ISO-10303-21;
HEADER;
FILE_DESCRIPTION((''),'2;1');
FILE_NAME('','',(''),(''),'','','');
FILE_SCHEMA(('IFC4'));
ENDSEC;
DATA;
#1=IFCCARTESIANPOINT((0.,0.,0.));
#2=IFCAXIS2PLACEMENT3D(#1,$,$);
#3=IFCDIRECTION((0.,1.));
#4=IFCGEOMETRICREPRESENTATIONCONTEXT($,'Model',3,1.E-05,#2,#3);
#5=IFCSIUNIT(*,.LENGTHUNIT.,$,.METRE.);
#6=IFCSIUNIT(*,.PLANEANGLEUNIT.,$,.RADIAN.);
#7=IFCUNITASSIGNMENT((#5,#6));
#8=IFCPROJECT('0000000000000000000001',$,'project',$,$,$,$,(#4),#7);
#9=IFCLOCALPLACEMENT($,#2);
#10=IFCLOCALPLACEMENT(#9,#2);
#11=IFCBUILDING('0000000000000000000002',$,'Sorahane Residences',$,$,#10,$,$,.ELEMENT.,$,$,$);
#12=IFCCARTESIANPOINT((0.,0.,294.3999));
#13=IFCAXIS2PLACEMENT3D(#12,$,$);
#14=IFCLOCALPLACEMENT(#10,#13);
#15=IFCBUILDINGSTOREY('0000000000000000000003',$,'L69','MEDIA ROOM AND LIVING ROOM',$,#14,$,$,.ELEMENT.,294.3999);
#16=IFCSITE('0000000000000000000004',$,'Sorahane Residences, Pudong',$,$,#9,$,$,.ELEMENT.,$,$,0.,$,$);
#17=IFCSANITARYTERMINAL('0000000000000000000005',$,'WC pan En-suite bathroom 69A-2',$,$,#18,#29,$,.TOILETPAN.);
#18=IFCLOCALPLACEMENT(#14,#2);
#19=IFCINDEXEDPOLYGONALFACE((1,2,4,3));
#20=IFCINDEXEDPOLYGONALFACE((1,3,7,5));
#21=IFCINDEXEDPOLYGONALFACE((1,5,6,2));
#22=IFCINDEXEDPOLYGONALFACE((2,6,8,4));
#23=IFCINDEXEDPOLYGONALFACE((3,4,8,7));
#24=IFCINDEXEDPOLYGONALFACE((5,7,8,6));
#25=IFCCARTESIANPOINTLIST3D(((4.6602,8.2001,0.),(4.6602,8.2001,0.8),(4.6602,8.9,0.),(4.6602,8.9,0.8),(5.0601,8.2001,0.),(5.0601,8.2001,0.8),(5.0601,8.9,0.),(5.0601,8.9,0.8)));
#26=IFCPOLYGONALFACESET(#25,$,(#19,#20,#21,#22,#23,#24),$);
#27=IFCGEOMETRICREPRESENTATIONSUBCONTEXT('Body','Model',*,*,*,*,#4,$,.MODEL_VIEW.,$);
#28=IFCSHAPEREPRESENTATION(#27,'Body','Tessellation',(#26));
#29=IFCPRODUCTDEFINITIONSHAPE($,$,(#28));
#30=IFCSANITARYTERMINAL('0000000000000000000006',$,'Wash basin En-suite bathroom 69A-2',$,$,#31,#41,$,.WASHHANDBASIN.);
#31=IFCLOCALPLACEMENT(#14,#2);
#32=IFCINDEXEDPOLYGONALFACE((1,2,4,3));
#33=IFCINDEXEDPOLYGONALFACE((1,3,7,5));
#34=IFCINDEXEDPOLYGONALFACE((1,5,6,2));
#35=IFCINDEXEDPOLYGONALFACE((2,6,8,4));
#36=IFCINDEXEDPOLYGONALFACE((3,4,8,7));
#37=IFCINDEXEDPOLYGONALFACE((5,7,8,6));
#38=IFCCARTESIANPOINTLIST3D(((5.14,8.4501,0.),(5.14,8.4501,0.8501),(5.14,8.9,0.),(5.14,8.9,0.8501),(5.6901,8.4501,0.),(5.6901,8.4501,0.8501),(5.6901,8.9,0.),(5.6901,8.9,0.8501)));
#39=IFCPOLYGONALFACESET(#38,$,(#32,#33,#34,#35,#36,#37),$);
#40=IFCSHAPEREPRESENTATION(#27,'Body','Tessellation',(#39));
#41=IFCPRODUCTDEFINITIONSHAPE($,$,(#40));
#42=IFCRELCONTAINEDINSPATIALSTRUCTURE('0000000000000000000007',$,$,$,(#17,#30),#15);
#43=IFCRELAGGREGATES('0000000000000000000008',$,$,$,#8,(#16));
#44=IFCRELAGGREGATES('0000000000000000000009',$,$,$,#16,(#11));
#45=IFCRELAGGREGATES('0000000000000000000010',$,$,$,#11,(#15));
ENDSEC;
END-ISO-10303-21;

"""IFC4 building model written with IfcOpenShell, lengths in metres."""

from ifc_helpers import new_model, si_unit, direction, frame, origin, origin_2d, place, context, subcontext, project, spatial, rectangle, extrude, element, save


model = new_model("IFC4")

# Units and contexts
model_context = context("Model", 3, precision=1e-05, world=origin(), true_north=direction((0.0, 1.0)))
body_context = subcontext(model_context, "Body", "Model", "MODEL_VIEW")
ifc_project = project(units=[si_unit("LENGTHUNIT", "METRE"), si_unit("PLANEANGLEUNIT", "RADIAN")], contexts=[model_context])

# Site, building, storey
site_placement = place(None, origin())
site = spatial("IfcSite", under=ifc_project, at=site_placement, Name="Sorahane Residences, Pudong", CompositionType="ELEMENT", RefElevation=0.0)
building_placement = place(site_placement, origin())
building = spatial("IfcBuilding", under=site, at=building_placement, Name="Sorahane Residences", CompositionType="ELEMENT")
storey_placement = place(building_placement, frame((0.0, 0.0, 294.3999)))
storey = spatial("IfcBuildingStorey", under=building, at=storey_placement, Name="L69", Description="MEDIA ROOM AND LIVING ROOM", CompositionType="ELEMENT", Elevation=294.3999)

# Sanitary terminals
sanitary_terminal_1_placement = place(storey_placement, frame((4.8601, 8.55, 0.0), z_axis=(0.0, 0.0, 1.0), x_axis=(1.0, 0.0, 0.0)))
element("IfcSanitaryTerminal", 1, at=sanitary_terminal_1_placement, inside=storey, Name="WC pan En-suite bathroom 69A-2", PredefinedType="TOILETPAN", context=body_context, shape_type="SweptSolid", body=[
    extrude(rectangle(XDim=0.3999, YDim=0.7, at=origin_2d()), origin(), (0.0, 0.0, 1.0), 0.8),
])
sanitary_terminal_2_placement = place(storey_placement, frame((5.415, 8.675, 0.0), z_axis=(0.0, 0.0, 1.0), x_axis=(1.0, 0.0, 0.0)))
element("IfcSanitaryTerminal", 2, at=sanitary_terminal_2_placement, inside=storey, Name="Wash basin En-suite bathroom 69A-2", PredefinedType="WASHHANDBASIN", context=body_context, shape_type="SweptSolid", body=[
    extrude(rectangle(XDim=0.55, YDim=0.45, at=origin_2d()), origin(), (0.0, 0.0, 1.0), 0.8501),
])

save(model, "model.ifc")
